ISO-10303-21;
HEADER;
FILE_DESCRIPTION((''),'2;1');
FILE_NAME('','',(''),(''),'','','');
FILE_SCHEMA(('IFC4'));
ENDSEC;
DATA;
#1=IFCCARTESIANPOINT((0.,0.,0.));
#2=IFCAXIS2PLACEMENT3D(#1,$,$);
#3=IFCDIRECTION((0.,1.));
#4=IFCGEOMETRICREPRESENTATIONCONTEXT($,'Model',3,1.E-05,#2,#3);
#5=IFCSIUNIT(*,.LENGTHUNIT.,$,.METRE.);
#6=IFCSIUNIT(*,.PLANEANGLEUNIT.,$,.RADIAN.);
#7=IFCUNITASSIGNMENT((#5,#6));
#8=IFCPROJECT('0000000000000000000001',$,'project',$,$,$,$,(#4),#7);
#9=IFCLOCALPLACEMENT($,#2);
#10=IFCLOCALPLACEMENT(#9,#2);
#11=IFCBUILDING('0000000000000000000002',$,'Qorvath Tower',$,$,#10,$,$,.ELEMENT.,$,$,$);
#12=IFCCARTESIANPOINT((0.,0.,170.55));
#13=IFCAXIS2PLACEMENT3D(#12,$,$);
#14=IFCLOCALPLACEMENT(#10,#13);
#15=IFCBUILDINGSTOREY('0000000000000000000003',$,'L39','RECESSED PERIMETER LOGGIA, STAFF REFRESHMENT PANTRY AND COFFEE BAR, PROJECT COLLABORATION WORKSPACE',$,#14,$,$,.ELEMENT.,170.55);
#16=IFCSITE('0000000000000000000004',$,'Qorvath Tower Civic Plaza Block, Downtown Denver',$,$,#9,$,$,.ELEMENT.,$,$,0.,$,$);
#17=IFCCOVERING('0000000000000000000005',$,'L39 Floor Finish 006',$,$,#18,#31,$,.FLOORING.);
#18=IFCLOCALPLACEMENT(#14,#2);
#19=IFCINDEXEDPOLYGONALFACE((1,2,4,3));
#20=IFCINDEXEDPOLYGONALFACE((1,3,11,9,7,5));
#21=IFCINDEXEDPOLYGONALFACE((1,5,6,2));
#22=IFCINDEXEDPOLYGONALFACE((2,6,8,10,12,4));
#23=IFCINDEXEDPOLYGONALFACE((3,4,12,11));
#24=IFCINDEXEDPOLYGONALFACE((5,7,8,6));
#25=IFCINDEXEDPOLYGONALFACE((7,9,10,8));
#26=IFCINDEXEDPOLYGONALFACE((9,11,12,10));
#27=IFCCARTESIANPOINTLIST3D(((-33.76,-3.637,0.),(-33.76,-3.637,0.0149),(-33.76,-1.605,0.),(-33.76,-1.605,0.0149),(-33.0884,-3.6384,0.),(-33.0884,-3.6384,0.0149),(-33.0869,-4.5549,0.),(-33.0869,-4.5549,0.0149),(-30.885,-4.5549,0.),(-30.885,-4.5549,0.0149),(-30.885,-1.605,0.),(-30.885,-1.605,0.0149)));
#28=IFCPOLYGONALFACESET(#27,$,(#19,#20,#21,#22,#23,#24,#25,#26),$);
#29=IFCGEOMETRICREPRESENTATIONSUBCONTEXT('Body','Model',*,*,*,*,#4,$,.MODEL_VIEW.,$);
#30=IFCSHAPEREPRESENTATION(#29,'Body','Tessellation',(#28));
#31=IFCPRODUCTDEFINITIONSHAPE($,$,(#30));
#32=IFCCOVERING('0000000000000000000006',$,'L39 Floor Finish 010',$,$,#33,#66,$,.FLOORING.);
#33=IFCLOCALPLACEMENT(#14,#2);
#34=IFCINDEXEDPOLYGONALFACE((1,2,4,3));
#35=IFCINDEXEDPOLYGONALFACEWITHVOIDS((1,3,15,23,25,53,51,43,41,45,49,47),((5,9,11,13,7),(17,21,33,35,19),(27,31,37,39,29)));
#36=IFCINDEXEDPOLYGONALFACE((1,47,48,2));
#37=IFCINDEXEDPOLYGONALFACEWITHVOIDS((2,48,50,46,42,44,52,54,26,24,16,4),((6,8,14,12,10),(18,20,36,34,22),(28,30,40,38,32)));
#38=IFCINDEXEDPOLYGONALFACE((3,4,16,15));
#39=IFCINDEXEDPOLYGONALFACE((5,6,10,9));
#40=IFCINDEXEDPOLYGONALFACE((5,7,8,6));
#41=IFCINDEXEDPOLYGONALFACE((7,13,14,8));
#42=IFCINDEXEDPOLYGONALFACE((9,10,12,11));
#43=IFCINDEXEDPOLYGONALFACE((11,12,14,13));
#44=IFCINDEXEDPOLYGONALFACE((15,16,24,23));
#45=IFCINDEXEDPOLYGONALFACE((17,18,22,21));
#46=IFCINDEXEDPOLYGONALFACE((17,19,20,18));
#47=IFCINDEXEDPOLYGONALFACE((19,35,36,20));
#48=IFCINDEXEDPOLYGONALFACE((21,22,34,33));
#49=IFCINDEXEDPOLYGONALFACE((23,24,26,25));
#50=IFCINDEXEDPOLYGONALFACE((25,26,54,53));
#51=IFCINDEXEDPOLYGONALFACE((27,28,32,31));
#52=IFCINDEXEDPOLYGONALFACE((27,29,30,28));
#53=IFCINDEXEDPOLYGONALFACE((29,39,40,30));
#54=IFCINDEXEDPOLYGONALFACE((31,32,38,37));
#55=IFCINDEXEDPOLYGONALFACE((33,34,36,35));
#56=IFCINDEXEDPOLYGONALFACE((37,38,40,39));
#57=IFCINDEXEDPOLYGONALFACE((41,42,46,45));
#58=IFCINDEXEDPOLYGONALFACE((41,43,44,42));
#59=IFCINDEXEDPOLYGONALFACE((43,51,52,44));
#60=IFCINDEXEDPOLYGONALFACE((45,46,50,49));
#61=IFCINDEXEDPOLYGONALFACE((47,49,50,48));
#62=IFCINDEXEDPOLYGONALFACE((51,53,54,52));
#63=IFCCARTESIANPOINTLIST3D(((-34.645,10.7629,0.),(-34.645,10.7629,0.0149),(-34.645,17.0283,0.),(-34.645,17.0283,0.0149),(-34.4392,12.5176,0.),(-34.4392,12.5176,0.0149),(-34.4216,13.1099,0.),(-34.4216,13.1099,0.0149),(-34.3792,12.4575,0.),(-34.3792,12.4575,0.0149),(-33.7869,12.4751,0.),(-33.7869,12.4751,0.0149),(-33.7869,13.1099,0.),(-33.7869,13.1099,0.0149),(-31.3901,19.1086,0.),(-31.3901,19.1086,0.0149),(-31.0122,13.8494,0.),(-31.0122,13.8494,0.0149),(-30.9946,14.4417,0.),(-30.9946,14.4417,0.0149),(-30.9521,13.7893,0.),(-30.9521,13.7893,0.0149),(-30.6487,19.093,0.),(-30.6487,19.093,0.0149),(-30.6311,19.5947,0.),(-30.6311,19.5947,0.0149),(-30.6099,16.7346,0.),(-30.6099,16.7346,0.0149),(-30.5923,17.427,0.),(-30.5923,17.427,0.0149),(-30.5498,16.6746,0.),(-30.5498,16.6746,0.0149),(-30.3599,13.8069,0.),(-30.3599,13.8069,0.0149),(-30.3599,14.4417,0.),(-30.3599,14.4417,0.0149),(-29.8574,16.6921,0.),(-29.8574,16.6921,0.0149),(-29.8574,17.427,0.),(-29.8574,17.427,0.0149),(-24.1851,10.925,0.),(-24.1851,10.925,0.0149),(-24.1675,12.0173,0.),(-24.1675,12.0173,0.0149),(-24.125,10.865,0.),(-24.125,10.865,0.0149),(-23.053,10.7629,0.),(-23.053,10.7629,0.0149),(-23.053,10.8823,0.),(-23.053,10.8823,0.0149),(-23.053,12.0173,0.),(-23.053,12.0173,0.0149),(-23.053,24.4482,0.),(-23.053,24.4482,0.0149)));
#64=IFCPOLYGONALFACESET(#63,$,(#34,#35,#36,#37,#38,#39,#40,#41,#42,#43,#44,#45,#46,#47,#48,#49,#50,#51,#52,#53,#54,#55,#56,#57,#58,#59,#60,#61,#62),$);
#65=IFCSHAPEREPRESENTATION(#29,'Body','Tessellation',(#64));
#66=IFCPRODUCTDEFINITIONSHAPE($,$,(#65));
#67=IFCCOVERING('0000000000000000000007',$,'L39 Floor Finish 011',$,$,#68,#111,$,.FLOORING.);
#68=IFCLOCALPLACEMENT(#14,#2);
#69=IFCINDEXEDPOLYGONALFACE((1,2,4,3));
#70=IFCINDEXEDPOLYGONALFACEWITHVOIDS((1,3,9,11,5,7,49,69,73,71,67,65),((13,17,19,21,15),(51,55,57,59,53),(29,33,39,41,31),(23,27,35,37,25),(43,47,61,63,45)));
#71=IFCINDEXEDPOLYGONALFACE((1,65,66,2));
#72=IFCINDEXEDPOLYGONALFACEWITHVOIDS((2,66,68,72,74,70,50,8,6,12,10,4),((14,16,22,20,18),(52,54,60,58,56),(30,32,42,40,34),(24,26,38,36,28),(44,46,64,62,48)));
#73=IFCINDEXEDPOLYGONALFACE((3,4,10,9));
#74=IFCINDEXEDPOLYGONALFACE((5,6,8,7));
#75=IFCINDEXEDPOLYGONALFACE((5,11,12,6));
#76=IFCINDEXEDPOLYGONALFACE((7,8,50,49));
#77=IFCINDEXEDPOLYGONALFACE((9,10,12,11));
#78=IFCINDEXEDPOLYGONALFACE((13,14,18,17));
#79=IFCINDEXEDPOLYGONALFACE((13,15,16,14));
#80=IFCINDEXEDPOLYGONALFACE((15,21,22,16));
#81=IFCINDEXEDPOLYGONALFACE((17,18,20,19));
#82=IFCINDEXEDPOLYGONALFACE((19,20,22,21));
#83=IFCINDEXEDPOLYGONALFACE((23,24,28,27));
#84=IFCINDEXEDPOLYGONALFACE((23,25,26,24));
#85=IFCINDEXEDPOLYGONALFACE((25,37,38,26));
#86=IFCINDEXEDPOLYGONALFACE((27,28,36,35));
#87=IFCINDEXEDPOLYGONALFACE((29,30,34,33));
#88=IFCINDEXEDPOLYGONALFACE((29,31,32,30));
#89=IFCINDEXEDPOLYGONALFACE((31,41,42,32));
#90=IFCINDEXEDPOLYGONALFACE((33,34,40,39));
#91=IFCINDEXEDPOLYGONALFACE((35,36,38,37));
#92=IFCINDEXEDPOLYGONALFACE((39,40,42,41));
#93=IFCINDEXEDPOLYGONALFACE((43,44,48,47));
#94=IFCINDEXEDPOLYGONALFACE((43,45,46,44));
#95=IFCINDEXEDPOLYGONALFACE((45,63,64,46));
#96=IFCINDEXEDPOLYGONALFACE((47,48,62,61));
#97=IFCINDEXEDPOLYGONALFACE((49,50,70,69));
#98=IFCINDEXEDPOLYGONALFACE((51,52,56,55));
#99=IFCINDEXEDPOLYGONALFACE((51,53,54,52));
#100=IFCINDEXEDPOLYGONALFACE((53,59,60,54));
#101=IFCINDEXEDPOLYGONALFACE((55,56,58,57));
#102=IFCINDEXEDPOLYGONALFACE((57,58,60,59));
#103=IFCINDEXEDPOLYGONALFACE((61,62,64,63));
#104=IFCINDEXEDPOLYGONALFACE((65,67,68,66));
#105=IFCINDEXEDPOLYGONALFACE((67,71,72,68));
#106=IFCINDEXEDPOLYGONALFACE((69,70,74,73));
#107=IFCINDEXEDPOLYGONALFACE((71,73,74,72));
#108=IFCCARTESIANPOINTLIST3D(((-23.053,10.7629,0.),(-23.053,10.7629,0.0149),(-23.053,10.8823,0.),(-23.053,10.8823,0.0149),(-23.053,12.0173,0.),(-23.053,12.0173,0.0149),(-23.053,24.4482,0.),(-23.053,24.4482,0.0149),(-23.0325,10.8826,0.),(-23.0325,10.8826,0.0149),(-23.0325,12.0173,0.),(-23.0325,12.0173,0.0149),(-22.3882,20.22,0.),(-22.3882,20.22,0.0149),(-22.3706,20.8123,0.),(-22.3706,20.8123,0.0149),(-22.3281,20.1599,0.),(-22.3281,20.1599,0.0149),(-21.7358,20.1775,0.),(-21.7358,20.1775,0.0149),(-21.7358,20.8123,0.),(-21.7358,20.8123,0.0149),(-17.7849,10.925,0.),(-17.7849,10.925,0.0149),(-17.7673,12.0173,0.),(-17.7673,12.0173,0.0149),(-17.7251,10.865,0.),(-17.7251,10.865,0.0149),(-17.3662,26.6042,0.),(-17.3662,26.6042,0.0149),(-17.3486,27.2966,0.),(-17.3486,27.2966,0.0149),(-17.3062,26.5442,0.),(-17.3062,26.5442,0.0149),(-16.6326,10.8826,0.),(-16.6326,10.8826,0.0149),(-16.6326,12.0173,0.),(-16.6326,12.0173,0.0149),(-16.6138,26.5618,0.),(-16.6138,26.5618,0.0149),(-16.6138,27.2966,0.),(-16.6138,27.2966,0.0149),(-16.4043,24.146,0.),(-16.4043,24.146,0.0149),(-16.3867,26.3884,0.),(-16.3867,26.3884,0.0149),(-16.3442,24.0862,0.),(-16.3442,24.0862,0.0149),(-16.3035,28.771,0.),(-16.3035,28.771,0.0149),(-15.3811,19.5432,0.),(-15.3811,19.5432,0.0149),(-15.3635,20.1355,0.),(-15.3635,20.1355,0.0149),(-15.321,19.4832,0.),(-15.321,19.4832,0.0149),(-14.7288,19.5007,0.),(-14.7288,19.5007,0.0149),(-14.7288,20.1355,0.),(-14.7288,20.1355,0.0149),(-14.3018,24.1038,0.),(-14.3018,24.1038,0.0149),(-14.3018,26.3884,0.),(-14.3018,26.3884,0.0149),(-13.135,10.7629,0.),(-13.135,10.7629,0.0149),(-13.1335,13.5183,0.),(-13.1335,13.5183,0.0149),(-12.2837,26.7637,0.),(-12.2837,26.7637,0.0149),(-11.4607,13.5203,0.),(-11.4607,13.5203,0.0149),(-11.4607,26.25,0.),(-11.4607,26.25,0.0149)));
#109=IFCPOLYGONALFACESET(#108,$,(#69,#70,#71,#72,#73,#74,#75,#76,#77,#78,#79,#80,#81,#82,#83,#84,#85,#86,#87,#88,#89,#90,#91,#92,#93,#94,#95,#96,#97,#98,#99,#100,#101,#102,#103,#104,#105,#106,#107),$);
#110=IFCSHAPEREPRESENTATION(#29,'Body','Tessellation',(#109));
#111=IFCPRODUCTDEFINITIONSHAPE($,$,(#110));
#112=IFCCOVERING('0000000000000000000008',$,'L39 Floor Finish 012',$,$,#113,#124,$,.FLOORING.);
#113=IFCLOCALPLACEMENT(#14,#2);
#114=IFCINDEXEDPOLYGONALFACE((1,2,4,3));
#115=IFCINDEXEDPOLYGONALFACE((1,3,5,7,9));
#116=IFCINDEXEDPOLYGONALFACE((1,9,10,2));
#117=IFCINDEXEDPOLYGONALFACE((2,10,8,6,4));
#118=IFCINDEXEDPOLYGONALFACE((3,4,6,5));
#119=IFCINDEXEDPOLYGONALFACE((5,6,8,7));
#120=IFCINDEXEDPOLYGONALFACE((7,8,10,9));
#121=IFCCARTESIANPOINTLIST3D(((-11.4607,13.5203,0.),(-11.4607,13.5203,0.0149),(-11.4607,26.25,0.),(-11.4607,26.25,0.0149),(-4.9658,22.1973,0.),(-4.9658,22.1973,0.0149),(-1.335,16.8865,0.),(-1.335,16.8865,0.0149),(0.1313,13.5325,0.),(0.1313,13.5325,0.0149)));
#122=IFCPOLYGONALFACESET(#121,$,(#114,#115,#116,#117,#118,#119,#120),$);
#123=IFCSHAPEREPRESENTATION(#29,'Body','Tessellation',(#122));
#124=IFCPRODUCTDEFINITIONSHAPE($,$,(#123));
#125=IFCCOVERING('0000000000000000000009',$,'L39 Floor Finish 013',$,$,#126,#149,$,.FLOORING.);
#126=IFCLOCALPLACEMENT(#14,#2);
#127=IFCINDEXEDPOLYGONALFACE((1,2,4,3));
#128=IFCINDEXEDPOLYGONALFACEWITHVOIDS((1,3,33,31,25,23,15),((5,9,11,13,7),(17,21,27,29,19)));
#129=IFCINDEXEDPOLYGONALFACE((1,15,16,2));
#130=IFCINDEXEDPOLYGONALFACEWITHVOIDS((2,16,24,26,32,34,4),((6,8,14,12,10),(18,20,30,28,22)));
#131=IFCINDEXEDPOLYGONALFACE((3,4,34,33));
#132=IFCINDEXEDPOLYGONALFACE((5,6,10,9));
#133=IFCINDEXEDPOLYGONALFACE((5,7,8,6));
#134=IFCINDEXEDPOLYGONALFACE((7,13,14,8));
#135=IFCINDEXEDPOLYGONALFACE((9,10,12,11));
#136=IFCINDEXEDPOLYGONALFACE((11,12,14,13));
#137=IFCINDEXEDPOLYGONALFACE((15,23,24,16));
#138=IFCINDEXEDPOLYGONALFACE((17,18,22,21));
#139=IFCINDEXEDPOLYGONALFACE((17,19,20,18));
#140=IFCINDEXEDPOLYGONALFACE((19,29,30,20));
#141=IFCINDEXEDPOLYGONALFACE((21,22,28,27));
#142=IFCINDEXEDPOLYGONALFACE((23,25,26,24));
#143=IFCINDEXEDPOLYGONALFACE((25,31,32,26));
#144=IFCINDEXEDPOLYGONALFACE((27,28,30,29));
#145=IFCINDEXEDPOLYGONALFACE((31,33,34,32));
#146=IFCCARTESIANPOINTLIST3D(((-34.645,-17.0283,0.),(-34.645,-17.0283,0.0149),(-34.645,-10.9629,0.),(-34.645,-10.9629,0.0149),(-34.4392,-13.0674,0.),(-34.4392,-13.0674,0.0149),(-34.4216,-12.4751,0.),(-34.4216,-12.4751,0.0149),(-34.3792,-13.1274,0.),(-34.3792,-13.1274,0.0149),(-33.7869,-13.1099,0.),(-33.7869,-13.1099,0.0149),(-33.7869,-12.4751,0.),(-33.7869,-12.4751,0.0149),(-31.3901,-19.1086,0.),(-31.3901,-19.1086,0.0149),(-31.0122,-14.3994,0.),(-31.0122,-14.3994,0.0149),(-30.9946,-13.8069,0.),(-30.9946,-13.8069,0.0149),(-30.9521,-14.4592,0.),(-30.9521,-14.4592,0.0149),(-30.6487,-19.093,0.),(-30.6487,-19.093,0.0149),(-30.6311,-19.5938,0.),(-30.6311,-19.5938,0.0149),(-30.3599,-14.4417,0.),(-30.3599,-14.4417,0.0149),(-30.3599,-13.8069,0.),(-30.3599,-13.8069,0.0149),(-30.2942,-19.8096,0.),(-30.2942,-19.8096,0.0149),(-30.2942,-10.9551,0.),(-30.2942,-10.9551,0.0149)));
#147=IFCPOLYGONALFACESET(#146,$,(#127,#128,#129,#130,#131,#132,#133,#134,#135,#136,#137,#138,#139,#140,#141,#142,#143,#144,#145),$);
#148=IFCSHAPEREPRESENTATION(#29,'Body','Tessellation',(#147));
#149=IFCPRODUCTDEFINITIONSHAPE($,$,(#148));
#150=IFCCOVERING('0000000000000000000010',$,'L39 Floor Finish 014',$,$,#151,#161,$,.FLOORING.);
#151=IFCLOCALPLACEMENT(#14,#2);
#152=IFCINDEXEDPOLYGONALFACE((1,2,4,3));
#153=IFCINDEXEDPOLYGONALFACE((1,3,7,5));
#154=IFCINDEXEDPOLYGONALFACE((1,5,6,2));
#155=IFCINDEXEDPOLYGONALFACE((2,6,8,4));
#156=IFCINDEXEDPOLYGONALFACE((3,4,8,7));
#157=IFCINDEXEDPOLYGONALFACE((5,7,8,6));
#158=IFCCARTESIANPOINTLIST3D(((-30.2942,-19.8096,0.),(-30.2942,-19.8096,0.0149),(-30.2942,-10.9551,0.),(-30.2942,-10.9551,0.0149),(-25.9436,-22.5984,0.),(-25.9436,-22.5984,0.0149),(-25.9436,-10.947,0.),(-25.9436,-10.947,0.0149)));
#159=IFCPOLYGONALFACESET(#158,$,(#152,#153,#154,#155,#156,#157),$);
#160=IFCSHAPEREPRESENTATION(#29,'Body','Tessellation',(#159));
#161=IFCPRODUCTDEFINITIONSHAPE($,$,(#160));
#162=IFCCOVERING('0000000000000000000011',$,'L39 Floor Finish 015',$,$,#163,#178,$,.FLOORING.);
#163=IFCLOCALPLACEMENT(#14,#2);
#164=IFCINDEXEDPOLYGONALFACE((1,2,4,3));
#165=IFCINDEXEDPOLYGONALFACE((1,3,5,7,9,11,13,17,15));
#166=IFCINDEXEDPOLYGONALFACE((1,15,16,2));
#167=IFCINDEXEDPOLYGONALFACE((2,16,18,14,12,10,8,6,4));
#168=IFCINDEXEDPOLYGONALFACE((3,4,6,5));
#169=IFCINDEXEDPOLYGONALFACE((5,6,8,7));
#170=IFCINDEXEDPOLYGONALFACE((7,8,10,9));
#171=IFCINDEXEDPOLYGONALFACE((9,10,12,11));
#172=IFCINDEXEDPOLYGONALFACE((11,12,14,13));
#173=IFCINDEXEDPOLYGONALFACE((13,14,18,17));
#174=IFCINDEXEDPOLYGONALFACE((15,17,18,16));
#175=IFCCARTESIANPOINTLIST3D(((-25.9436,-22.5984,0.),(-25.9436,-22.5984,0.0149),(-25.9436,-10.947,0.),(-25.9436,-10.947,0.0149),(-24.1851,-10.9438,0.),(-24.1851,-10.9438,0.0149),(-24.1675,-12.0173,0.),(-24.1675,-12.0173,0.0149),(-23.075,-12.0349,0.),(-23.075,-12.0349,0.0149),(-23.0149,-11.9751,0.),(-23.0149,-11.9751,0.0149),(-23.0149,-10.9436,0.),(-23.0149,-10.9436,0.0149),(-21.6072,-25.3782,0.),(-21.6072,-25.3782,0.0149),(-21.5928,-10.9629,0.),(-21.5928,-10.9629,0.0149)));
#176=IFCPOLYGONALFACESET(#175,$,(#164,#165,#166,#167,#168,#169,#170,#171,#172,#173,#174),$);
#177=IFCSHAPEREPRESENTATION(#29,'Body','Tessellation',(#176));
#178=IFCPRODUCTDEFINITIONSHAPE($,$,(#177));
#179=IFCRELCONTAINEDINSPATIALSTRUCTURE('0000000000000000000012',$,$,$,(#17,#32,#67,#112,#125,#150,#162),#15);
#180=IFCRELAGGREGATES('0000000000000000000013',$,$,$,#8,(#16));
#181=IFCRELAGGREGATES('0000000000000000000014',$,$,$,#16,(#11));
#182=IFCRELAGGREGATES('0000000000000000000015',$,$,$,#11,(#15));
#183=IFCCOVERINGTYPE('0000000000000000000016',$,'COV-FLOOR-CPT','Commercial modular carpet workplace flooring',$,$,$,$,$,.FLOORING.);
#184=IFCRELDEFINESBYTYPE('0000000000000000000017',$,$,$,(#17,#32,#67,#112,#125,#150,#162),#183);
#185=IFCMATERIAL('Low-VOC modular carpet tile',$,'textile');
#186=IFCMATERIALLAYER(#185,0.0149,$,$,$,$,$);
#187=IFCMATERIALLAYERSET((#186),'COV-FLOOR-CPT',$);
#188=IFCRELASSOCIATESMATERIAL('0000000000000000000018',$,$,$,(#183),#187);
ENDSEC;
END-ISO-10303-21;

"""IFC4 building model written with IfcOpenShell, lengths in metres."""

from ifc_helpers import new_model, si_unit, direction, frame, origin, place, context, subcontext, project, spatial, polyline, outline, extrude, material, layer, layer_set, type_object, element, save


model = new_model("IFC4")

# Units and contexts
model_context = context("Model", 3, precision=1e-05, world=origin(), true_north=direction((0.0, 1.0)))
body_context = subcontext(model_context, "Body", "Model", "MODEL_VIEW")
ifc_project = project(units=[si_unit("LENGTHUNIT", "METRE"), si_unit("PLANEANGLEUNIT", "RADIAN")], contexts=[model_context])

# Site, building, storey
site_placement = place(None, origin())
site = spatial("IfcSite", under=ifc_project, at=site_placement, Name="Qorvath Tower Civic Plaza Block, Downtown Denver", CompositionType="ELEMENT", RefElevation=0.0)
building_placement = place(site_placement, origin())
building = spatial("IfcBuilding", under=site, at=building_placement, Name="Qorvath Tower", CompositionType="ELEMENT")
storey_placement = place(building_placement, frame((0.0, 0.0, 170.55)))
storey = spatial("IfcBuildingStorey", under=building, at=storey_placement, Name="L39", Description="RECESSED PERIMETER LOGGIA, STAFF REFRESHMENT PANTRY AND COFFEE BAR, PROJECT COLLABORATION WORKSPACE", CompositionType="ELEMENT", Elevation=170.55)

# Coverings
ifc_material_1 = material(Name="Low-VOC modular carpet tile", Category="textile")
ifc_layer_1 = layer(ifc_material_1, 0.0149)
ifc_layer_set_1 = layer_set([ifc_layer_1], Name="COV-FLOOR-CPT")
covering_type_1 = type_object("IfcCoveringType", Name="COV-FLOOR-CPT", Description="Commercial modular carpet workplace flooring", PredefinedType="FLOORING", material=ifc_layer_set_1)
covering_1_placement = place(storey_placement, origin())
element("IfcCovering", 1, at=covering_1_placement, inside=storey, type_object=covering_type_1, Name="L39 Floor Finish 006", PredefinedType="FLOORING", context=body_context, shape_type="SweptSolid", body=[
    extrude(outline(polyline([(-30.885, -4.5549), (-30.885, -1.605), (-33.76, -1.605), (-33.76, -3.637), (-33.0884, -3.6384), (-33.0869, -4.5549), (-30.885, -4.5549)])), origin(), (0.0, 0.0, 1.0), 0.0149),
])
covering_2_placement = place(storey_placement, origin())
element("IfcCovering", 2, at=covering_2_placement, inside=storey, type_object=covering_type_1, Name="L39 Floor Finish 010", PredefinedType="FLOORING", context=body_context, shape_type="SweptSolid", body=[
    extrude(outline(polyline([(-23.053, 10.7629), (-23.053, 10.8823), (-24.125, 10.865), (-24.1851, 10.925), (-24.1675, 12.0173), (-23.053, 12.0173), (-23.053, 24.4482), (-30.6311, 19.5947), (-30.6487, 19.093), (-31.3901, 19.1086), (-34.645, 17.0283), (-34.645, 10.7629), (-23.053, 10.7629)]), holes=[polyline([(-30.6099, 16.7346), (-30.5923, 17.427), (-29.8574, 17.427), (-29.8574, 16.6921), (-30.5498, 16.6746), (-30.6099, 16.7346)]), polyline([(-31.0122, 13.8494), (-30.9946, 14.4417), (-30.3599, 14.4417), (-30.3599, 13.8069), (-30.9521, 13.7893), (-31.0122, 13.8494)]), polyline([(-34.4392, 12.5176), (-34.4216, 13.1099), (-33.7869, 13.1099), (-33.7869, 12.4751), (-34.3792, 12.4575), (-34.4392, 12.5176)])]), origin(), (0.0, 0.0, 1.0), 0.0149),
])
covering_3_placement = place(storey_placement, origin())
element("IfcCovering", 3, at=covering_3_placement, inside=storey, type_object=covering_type_1, Name="L39 Floor Finish 011", PredefinedType="FLOORING", context=body_context, shape_type="SweptSolid", body=[
    extrude(outline(polyline([(-13.1335, 13.5183), (-11.4607, 13.5203), (-11.4607, 26.25), (-12.2837, 26.7637), (-16.3035, 28.771), (-23.053, 24.4482), (-23.053, 12.0173), (-23.0325, 12.0173), (-23.0325, 10.8826), (-23.053, 10.8823), (-23.053, 10.7629), (-13.135, 10.7629), (-13.1335, 13.5183)]), holes=[polyline([(-16.4043, 24.146), (-16.3867, 26.3884), (-14.3018, 26.3884), (-14.3018, 24.1038), (-16.3442, 24.0862), (-16.4043, 24.146)]), polyline([(-15.3811, 19.5432), (-15.3635, 20.1355), (-14.7288, 20.1355), (-14.7288, 19.5007), (-15.321, 19.4832), (-15.3811, 19.5432)]), polyline([(-17.3662, 26.6042), (-17.3486, 27.2966), (-16.6138, 27.2966), (-16.6138, 26.5618), (-17.3062, 26.5442), (-17.3662, 26.6042)]), polyline([(-17.7849, 10.925), (-17.7673, 12.0173), (-16.6326, 12.0173), (-16.6326, 10.8826), (-17.7251, 10.865), (-17.7849, 10.925)]), polyline([(-22.3882, 20.22), (-22.3706, 20.8123), (-21.7358, 20.8123), (-21.7358, 20.1775), (-22.3281, 20.1599), (-22.3882, 20.22)])]), origin(), (0.0, 0.0, 1.0), 0.0149),
])
covering_4_placement = place(storey_placement, origin())
element("IfcCovering", 4, at=covering_4_placement, inside=storey, type_object=covering_type_1, Name="L39 Floor Finish 012", PredefinedType="FLOORING", context=body_context, shape_type="SweptSolid", body=[
    extrude(outline(polyline([(-11.4607, 26.25), (-11.4607, 13.5203), (0.1313, 13.5325), (-1.335, 16.8865), (-4.9658, 22.1973), (-11.4607, 26.25)])), origin(), (0.0, 0.0, 1.0), 0.0149),
])
covering_5_placement = place(storey_placement, origin())
element("IfcCovering", 5, at=covering_5_placement, inside=storey, type_object=covering_type_1, Name="L39 Floor Finish 013", PredefinedType="FLOORING", context=body_context, shape_type="SweptSolid", body=[
    extrude(outline(polyline([(-30.2942, -19.8096), (-30.2942, -10.9551), (-34.645, -10.9629), (-34.645, -17.0283), (-31.3901, -19.1086), (-30.6487, -19.093), (-30.6311, -19.5938), (-30.2942, -19.8096)]), holes=[polyline([(-31.0122, -14.3994), (-30.9946, -13.8069), (-30.3599, -13.8069), (-30.3599, -14.4417), (-30.9521, -14.4592), (-31.0122, -14.3994)]), polyline([(-34.4392, -13.0674), (-34.4216, -12.4751), (-33.7869, -12.4751), (-33.7869, -13.1099), (-34.3792, -13.1274), (-34.4392, -13.0674)])]), origin(), (0.0, 0.0, 1.0), 0.0149),
])
covering_6_placement = place(storey_placement, origin())
element("IfcCovering", 6, at=covering_6_placement, inside=storey, type_object=covering_type_1, Name="L39 Floor Finish 014", PredefinedType="FLOORING", context=body_context, shape_type="SweptSolid", body=[
    extrude(outline(polyline([(-25.9436, -22.5984), (-25.9436, -10.947), (-30.2942, -10.9551), (-30.2942, -19.8096), (-25.9436, -22.5984)])), origin(), (0.0, 0.0, 1.0), 0.0149),
])
covering_7_placement = place(storey_placement, origin())
element("IfcCovering", 7, at=covering_7_placement, inside=storey, type_object=covering_type_1, Name="L39 Floor Finish 015", PredefinedType="FLOORING", context=body_context, shape_type="SweptSolid", body=[
    extrude(outline(polyline([(-21.6072, -25.3782), (-21.5928, -10.9629), (-23.0149, -10.9436), (-23.0149, -11.9751), (-23.075, -12.0349), (-24.1675, -12.0173), (-24.1851, -10.9438), (-25.9436, -10.947), (-25.9436, -22.5984), (-21.6072, -25.3782)])), origin(), (0.0, 0.0, 1.0), 0.0149),
])

save(model, "model.ifc")
